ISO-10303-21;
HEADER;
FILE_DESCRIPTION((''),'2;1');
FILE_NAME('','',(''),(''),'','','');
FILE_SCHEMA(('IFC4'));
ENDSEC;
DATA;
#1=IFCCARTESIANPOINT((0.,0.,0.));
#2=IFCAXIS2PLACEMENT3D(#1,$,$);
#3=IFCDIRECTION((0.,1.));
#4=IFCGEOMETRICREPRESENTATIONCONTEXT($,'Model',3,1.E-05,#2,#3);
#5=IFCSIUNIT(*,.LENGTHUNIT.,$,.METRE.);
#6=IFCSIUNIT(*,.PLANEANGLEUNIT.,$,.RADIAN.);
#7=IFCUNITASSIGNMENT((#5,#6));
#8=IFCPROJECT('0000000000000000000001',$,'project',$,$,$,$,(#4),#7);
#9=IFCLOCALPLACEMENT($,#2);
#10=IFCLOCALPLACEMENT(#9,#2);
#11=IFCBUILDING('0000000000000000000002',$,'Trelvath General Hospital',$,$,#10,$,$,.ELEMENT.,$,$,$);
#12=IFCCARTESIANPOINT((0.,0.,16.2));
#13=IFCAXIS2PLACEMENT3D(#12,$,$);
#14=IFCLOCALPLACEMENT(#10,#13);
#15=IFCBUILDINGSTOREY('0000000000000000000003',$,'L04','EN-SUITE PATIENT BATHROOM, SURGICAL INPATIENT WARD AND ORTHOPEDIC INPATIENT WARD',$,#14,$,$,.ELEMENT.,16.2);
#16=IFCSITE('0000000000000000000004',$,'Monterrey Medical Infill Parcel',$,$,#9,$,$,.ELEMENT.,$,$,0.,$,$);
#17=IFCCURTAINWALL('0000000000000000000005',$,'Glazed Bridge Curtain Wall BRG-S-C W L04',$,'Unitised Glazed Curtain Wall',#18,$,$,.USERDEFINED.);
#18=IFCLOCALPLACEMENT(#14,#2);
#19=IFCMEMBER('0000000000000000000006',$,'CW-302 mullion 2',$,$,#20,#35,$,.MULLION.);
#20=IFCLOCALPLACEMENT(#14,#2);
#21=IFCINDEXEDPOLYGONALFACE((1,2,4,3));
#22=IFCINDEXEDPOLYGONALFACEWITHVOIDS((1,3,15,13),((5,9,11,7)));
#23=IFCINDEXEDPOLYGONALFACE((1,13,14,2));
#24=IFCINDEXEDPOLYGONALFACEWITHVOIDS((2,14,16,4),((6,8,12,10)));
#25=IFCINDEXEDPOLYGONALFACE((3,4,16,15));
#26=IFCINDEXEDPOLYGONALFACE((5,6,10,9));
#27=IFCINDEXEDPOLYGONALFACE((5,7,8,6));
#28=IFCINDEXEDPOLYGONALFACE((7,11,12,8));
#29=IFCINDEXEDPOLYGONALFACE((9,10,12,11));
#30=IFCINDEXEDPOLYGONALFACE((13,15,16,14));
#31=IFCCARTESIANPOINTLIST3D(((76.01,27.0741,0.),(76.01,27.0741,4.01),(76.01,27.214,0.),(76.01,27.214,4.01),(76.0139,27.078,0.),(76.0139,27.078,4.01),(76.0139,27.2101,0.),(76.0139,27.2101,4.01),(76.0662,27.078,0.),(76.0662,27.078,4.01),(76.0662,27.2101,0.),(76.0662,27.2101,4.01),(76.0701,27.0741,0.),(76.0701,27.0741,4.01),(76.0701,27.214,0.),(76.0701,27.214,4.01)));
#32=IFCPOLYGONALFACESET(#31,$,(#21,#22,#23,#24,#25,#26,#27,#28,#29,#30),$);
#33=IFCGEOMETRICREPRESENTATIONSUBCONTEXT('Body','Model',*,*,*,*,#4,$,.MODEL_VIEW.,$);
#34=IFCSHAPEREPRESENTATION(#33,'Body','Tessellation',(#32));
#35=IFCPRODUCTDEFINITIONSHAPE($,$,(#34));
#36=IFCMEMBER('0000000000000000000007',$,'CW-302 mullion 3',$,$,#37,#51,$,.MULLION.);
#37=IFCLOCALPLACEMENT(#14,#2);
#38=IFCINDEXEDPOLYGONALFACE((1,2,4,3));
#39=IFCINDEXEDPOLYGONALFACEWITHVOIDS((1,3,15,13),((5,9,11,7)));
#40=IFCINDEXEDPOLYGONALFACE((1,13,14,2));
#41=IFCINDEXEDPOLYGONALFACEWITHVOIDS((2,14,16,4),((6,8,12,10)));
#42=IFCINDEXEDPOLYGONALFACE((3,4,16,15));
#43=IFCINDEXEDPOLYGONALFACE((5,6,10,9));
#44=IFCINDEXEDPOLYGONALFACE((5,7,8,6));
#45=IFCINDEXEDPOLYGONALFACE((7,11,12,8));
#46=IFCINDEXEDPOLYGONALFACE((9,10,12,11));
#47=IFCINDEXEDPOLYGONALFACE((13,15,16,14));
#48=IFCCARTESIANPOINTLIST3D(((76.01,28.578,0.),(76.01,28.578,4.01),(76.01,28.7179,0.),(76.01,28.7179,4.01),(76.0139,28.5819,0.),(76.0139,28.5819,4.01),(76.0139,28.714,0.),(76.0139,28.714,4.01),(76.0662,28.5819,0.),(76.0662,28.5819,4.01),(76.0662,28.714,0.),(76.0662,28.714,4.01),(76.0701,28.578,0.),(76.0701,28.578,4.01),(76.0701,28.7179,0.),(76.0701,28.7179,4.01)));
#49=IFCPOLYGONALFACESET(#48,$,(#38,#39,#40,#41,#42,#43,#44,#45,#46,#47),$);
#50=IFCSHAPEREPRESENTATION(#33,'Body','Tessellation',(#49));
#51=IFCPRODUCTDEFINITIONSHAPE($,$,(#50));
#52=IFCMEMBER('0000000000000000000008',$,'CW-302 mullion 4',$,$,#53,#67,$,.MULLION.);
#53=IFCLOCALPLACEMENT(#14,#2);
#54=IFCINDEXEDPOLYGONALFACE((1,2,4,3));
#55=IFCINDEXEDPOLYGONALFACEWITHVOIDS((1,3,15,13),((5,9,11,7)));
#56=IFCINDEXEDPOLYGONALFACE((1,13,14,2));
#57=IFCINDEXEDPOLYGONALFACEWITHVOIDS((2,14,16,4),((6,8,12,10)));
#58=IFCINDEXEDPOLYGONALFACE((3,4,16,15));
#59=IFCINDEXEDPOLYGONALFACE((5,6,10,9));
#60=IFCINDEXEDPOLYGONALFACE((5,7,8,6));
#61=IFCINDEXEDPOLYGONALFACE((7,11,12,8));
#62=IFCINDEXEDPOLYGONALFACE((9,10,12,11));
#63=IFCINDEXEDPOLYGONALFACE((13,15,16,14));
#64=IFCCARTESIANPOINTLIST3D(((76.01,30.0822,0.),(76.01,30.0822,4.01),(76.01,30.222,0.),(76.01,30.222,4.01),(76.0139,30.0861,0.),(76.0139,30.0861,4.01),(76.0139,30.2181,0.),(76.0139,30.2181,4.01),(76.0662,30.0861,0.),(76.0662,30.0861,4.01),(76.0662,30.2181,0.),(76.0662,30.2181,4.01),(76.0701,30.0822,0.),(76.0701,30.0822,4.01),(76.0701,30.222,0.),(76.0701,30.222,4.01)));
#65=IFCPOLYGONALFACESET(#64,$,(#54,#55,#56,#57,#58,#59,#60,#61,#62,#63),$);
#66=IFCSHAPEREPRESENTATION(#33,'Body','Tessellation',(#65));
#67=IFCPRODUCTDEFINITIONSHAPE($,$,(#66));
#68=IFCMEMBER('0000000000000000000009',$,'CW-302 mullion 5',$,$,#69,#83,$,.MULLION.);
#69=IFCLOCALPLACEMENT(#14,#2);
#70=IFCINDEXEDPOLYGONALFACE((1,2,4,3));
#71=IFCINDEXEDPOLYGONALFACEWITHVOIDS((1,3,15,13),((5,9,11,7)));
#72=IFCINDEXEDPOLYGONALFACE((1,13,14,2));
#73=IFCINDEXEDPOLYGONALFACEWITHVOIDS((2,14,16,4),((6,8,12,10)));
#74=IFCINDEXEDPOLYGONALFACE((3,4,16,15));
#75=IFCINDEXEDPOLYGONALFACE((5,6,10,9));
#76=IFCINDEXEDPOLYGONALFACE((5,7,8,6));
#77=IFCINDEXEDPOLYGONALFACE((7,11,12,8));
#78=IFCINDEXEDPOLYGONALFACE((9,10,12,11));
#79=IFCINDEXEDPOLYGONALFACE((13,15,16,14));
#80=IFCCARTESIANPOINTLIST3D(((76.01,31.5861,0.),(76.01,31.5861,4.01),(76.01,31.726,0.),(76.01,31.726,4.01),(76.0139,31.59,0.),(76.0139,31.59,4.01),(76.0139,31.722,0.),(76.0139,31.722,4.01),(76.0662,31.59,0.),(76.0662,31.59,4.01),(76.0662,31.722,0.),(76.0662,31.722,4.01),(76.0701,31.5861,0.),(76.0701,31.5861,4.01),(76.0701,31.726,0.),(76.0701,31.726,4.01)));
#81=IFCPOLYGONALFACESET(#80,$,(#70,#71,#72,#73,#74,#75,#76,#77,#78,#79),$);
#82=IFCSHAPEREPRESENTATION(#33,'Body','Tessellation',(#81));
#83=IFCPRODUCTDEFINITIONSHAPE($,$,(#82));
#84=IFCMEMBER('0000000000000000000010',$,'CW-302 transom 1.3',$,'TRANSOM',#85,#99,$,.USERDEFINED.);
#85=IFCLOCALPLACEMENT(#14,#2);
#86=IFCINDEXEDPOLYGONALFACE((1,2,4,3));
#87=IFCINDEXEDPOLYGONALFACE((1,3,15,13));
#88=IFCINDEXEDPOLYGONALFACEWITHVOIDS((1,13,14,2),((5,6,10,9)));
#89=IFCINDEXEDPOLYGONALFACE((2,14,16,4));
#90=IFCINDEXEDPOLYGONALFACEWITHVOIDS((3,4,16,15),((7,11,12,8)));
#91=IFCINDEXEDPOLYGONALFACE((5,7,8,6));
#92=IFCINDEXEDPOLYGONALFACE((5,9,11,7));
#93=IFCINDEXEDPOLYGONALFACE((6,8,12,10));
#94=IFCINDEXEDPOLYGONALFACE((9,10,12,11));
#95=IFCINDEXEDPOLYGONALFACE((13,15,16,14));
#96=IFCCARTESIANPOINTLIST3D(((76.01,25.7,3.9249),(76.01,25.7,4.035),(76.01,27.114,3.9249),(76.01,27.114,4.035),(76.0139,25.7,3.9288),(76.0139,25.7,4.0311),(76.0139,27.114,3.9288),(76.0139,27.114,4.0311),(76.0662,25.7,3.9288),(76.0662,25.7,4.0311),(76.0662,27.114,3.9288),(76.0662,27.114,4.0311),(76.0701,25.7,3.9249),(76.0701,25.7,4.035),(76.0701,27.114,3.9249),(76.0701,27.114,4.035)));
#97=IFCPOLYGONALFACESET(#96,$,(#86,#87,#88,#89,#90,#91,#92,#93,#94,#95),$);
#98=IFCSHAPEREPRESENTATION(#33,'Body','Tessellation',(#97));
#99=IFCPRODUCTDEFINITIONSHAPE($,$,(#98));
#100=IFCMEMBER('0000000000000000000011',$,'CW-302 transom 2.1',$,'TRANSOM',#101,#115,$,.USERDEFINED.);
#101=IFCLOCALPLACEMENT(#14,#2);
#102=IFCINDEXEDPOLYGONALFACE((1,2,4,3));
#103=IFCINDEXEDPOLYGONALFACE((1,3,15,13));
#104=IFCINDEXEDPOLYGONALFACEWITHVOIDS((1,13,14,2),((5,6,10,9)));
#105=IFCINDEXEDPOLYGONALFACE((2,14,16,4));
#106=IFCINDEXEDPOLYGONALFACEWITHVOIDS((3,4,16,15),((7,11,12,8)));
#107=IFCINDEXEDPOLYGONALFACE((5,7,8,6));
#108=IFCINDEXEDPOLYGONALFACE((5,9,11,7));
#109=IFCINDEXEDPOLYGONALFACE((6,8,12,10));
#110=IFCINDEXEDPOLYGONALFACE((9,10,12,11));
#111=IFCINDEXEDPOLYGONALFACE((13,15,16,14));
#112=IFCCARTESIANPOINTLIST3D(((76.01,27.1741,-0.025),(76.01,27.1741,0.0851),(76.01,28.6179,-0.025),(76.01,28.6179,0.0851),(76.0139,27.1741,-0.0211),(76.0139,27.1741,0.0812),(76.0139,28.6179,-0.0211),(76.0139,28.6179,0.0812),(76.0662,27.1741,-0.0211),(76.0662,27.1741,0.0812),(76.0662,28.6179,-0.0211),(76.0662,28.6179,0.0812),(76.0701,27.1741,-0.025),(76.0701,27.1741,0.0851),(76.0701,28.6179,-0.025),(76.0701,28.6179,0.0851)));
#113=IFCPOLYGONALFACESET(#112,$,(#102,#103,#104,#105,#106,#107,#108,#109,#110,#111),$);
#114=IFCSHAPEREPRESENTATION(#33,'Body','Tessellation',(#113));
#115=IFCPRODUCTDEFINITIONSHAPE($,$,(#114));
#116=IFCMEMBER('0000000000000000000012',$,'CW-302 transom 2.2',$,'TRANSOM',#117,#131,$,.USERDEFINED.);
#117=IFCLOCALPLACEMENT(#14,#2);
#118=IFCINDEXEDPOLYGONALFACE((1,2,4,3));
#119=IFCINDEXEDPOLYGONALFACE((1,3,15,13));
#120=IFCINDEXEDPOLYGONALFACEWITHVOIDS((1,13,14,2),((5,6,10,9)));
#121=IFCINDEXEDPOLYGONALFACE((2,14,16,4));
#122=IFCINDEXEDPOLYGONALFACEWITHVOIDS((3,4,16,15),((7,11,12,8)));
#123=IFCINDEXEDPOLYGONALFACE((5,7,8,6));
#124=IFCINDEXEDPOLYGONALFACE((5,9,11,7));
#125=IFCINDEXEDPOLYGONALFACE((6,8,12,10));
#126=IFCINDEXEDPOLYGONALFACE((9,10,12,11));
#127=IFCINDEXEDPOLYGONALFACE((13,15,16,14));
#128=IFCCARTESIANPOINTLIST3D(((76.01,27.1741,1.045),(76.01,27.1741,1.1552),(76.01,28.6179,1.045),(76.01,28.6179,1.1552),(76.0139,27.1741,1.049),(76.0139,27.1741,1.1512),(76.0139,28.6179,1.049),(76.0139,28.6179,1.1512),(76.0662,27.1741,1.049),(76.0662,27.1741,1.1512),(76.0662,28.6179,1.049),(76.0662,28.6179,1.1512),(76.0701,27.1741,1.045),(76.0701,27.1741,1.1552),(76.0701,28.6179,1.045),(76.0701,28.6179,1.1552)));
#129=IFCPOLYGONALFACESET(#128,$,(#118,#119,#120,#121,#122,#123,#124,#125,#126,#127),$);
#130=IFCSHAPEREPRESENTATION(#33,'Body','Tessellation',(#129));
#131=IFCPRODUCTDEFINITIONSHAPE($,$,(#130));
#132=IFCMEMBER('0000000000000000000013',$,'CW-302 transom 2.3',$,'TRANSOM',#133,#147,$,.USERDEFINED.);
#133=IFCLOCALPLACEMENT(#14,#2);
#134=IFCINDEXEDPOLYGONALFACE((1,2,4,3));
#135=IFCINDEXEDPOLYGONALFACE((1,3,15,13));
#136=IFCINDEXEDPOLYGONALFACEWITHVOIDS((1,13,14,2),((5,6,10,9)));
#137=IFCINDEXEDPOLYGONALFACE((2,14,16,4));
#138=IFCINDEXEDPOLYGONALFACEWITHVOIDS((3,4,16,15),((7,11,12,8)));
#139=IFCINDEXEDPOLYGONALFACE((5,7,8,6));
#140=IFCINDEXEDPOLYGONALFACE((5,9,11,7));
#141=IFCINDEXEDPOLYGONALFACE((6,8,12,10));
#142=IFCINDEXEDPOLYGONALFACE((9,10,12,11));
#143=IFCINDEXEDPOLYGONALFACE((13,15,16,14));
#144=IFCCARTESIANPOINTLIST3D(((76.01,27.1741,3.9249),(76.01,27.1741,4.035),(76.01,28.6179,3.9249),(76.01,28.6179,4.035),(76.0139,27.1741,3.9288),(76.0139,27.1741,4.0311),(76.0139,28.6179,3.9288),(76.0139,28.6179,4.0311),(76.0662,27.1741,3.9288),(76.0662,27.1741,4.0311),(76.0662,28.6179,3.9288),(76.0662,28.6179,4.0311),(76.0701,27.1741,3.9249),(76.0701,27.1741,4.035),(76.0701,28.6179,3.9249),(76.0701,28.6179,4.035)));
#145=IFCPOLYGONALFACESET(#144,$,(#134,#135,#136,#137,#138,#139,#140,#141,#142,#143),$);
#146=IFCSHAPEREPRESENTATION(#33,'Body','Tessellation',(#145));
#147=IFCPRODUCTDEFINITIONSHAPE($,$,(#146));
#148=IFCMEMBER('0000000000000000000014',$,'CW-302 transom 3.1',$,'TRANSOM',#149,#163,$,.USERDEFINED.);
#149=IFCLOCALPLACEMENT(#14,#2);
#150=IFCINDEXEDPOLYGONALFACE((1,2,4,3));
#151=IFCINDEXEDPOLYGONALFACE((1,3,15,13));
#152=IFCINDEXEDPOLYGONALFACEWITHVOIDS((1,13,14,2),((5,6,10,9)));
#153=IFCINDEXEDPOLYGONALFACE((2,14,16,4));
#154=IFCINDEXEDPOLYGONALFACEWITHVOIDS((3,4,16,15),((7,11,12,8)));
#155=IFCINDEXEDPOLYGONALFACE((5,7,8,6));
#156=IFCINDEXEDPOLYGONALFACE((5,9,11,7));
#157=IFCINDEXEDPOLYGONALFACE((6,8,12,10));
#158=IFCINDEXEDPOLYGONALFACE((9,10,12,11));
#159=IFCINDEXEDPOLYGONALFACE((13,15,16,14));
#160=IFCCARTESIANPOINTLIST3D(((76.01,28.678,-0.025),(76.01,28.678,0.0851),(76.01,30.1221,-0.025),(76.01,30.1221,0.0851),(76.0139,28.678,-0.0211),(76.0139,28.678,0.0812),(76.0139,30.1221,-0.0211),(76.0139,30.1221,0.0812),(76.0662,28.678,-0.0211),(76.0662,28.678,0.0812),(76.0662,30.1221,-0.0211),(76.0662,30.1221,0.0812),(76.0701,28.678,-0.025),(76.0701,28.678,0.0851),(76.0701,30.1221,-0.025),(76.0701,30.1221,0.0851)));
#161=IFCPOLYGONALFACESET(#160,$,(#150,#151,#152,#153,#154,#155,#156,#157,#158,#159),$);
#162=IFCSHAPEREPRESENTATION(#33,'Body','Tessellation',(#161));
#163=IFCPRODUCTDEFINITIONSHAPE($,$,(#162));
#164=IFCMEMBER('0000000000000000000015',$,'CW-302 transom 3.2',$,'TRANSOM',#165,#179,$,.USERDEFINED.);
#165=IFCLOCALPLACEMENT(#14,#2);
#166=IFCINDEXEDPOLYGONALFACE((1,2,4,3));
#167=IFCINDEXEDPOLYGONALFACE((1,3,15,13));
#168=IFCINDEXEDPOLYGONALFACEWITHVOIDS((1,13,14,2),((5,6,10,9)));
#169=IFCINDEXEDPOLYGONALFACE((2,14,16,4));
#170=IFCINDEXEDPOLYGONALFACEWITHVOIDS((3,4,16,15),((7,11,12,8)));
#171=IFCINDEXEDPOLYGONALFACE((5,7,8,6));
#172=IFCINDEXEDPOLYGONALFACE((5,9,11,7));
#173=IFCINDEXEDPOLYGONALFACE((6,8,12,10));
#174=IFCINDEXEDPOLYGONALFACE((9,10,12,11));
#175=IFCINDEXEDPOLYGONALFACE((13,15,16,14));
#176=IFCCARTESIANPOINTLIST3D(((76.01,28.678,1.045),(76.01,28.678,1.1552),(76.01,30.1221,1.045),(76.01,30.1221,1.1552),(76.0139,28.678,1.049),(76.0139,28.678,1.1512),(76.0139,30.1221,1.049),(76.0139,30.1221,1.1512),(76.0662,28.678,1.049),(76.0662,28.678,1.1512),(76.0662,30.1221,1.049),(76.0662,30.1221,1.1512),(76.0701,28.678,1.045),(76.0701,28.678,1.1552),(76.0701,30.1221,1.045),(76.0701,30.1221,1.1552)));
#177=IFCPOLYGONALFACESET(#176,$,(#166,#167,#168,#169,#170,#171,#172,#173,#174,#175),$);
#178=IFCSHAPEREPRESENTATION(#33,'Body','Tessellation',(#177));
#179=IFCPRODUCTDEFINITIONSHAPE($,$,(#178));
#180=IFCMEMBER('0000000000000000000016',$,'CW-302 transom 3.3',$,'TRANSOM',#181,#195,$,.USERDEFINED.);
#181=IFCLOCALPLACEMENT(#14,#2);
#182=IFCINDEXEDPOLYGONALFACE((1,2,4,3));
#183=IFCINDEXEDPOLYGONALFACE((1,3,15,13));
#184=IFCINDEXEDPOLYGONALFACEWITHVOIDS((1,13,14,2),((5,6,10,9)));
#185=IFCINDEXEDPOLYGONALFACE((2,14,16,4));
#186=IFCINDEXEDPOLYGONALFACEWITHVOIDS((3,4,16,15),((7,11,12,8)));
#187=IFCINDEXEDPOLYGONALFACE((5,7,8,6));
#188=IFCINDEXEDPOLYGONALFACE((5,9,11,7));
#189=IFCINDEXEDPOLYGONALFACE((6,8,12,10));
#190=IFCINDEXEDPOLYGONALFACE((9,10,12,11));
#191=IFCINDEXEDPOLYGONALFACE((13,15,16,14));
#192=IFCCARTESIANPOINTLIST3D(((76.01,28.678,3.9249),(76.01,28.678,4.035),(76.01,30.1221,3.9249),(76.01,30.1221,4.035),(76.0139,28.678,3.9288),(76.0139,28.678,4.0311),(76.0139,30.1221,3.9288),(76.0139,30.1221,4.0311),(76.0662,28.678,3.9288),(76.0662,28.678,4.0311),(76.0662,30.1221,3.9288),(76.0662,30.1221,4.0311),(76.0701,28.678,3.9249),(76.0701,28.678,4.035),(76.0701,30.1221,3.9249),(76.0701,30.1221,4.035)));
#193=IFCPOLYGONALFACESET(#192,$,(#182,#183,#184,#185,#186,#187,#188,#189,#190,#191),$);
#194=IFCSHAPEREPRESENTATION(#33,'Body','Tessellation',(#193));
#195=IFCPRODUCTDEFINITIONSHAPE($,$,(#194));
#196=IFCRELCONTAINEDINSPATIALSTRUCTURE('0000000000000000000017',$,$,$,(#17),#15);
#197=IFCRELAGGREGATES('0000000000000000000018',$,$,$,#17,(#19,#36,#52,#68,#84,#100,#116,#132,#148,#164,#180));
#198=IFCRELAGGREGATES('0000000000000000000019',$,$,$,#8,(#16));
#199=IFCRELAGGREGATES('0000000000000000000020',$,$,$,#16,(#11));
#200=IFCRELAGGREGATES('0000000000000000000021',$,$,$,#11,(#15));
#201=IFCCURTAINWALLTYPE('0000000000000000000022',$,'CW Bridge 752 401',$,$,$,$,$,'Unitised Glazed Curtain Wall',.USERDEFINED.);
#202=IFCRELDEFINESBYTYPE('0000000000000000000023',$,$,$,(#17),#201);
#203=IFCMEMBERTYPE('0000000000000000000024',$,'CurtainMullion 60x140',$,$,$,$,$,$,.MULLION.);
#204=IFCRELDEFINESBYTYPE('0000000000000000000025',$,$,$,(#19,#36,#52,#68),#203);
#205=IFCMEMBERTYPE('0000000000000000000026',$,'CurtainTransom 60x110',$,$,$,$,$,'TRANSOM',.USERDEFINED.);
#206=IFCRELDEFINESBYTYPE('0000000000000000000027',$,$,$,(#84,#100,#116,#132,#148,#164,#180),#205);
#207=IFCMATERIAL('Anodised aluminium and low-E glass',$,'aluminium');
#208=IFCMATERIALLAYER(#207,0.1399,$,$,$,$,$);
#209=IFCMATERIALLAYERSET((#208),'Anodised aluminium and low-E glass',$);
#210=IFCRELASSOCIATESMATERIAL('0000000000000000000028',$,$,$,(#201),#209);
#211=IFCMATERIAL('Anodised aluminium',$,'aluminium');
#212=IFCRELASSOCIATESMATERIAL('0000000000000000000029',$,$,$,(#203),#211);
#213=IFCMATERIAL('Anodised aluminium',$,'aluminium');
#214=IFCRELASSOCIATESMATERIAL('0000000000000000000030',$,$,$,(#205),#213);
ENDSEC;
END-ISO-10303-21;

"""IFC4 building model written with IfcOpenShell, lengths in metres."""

from ifc_helpers import new_model, si_unit, direction, frame, origin, origin_2d, place, context, subcontext, project, spatial, hollow_rectangle, extrude, material, layer, layer_set, material_profile, profile_set, type_object, element, aggregate, save


model = new_model("IFC4")

# Units and contexts
model_context = context("Model", 3, precision=1e-05, world=origin(), true_north=direction((0.0, 1.0)))
body_context = subcontext(model_context, "Body", "Model", "MODEL_VIEW")
ifc_project = project(units=[si_unit("LENGTHUNIT", "METRE"), si_unit("PLANEANGLEUNIT", "RADIAN")], contexts=[model_context])

# Site, building, storey
site_placement = place(None, origin())
site = spatial("IfcSite", under=ifc_project, at=site_placement, Name="Monterrey Medical Infill Parcel", CompositionType="ELEMENT", RefElevation=0.0)
building_placement = place(site_placement, origin())
building = spatial("IfcBuilding", under=site, at=building_placement, Name="Trelvath General Hospital", CompositionType="ELEMENT")
storey_placement = place(building_placement, frame((0.0, 0.0, 16.2)))
storey = spatial("IfcBuildingStorey", under=building, at=storey_placement, Name="L04", Description="EN-SUITE PATIENT BATHROOM, SURGICAL INPATIENT WARD AND ORTHOPEDIC INPATIENT WARD", CompositionType="ELEMENT", Elevation=16.2)

# Curtain wall, members
ifc_material_1 = material(Name="Anodised aluminium and low-E glass", Category="aluminium")
ifc_layer_1 = layer(ifc_material_1, 0.1399)
ifc_layer_set_1 = layer_set([ifc_layer_1], Name="Anodised aluminium and low-E glass")
curtain_wall_type = type_object("IfcCurtainWallType", Name="CW Bridge 752 401", ElementType="Unitised Glazed Curtain Wall", PredefinedType="USERDEFINED", material=ifc_layer_set_1)
curtain_wall_placement = place(storey_placement, origin())
curtain_wall = element("IfcCurtainWall", 1, at=curtain_wall_placement, inside=storey, type_object=curtain_wall_type, Name="Glazed Bridge Curtain Wall BRG-S-C W L04", ObjectType="Unitised Glazed Curtain Wall", PredefinedType="USERDEFINED")
ifc_material_2 = material(Name="Anodised aluminium", Category="aluminium")
ifc_material_profile_1 = material_profile(ifc_material_2, hollow_rectangle(XDim=0.0601, YDim=0.1399, WallThickness=0.0039, at=origin_2d()), Name="RHS60x140x4")
ifc_profile_set_1 = profile_set([ifc_material_profile_1], Name="Anodised aluminium")
member_type_1 = type_object("IfcMemberType", Name="CurtainMullion 60x140", PredefinedType="MULLION", material=ifc_profile_set_1)
member_1_placement = place(storey_placement, frame((76.04, 27.144, 0.0), z_axis=(0.0, 0.0, 1.0), x_axis=(-1.0, 0.0, 0.0)))
member_1 = element("IfcMember", 2, at=member_1_placement, type_object=member_type_1, Name="CW-302 mullion 2", PredefinedType="MULLION", context=body_context, shape_type="SweptSolid", body=[
    extrude(hollow_rectangle(XDim=0.0601, YDim=0.1399, WallThickness=0.0039, at=origin_2d()), origin(), (0.0, 0.0, 1.0), 4.01),
])
member_2_placement = place(storey_placement, frame((76.04, 28.6479, 0.0), z_axis=(0.0, 0.0, 1.0), x_axis=(-1.0, 0.0, 0.0)))
member_2 = element("IfcMember", 3, at=member_2_placement, type_object=member_type_1, Name="CW-302 mullion 3", PredefinedType="MULLION", context=body_context, shape_type="SweptSolid", body=[
    extrude(hollow_rectangle(XDim=0.0601, YDim=0.1399, WallThickness=0.0039, at=origin_2d()), origin(), (0.0, 0.0, 1.0), 4.01),
])
member_3_placement = place(storey_placement, frame((76.04, 30.1521, 0.0), z_axis=(0.0, 0.0, 1.0), x_axis=(-1.0, 0.0, 0.0)))
member_3 = element("IfcMember", 4, at=member_3_placement, type_object=member_type_1, Name="CW-302 mullion 4", PredefinedType="MULLION", context=body_context, shape_type="SweptSolid", body=[
    extrude(hollow_rectangle(XDim=0.0601, YDim=0.1399, WallThickness=0.0039, at=origin_2d()), origin(), (0.0, 0.0, 1.0), 4.01),
])
member_4_placement = place(storey_placement, frame((76.04, 31.656, 0.0), z_axis=(0.0, 0.0, 1.0), x_axis=(-1.0, 0.0, 0.0)))
member_4 = element("IfcMember", 5, at=member_4_placement, type_object=member_type_1, Name="CW-302 mullion 5", PredefinedType="MULLION", context=body_context, shape_type="SweptSolid", body=[
    extrude(hollow_rectangle(XDim=0.0601, YDim=0.1399, WallThickness=0.0039, at=origin_2d()), origin(), (0.0, 0.0, 1.0), 4.01),
])
ifc_material_3 = material(Name="Anodised aluminium", Category="aluminium")
ifc_material_profile_2 = material_profile(ifc_material_3, hollow_rectangle(XDim=0.0601, YDim=0.1101, WallThickness=0.0039, at=origin_2d()), Name="RHS60x110x4")
ifc_profile_set_2 = profile_set([ifc_material_profile_2], Name="Anodised aluminium")
member_type_2 = type_object("IfcMemberType", Name="CurtainTransom 60x110", ElementType="TRANSOM", PredefinedType="USERDEFINED", material=ifc_profile_set_2)
member_5_placement = place(storey_placement, frame((76.04, 25.7, 3.98), z_axis=(0.0, 1.0, 0.0), x_axis=(-1.0, 0.0, 0.0)))
member_5 = element("IfcMember", 6, at=member_5_placement, type_object=member_type_2, Name="CW-302 transom 1.3", ObjectType="TRANSOM", PredefinedType="USERDEFINED", context=body_context, shape_type="SweptSolid", body=[
    extrude(hollow_rectangle(XDim=0.0601, YDim=0.1101, WallThickness=0.0039, at=origin_2d()), origin(), (0.0, 0.0, 1.0), 1.4141),
])
member_6_placement = place(storey_placement, frame((76.04, 27.1741, 0.03), z_axis=(0.0, 1.0, 0.0), x_axis=(-1.0, 0.0, 0.0)))
member_6 = element("IfcMember", 7, at=member_6_placement, type_object=member_type_2, Name="CW-302 transom 2.1", ObjectType="TRANSOM", PredefinedType="USERDEFINED", context=body_context, shape_type="SweptSolid", body=[
    extrude(hollow_rectangle(XDim=0.0601, YDim=0.1101, WallThickness=0.0039, at=origin_2d()), origin(), (0.0, 0.0, 1.0), 1.4438),
])
member_7_placement = place(storey_placement, frame((76.04, 27.1741, 1.1001), z_axis=(0.0, 1.0, 0.0), x_axis=(-1.0, 0.0, 0.0)))
member_7 = element("IfcMember", 8, at=member_7_placement, type_object=member_type_2, Name="CW-302 transom 2.2", ObjectType="TRANSOM", PredefinedType="USERDEFINED", context=body_context, shape_type="SweptSolid", body=[
    extrude(hollow_rectangle(XDim=0.0601, YDim=0.1101, WallThickness=0.0039, at=origin_2d()), origin(), (0.0, 0.0, 1.0), 1.4438),
])
member_8_placement = place(storey_placement, frame((76.04, 27.1741, 3.98), z_axis=(0.0, 1.0, 0.0), x_axis=(-1.0, 0.0, 0.0)))
member_8 = element("IfcMember", 9, at=member_8_placement, type_object=member_type_2, Name="CW-302 transom 2.3", ObjectType="TRANSOM", PredefinedType="USERDEFINED", context=body_context, shape_type="SweptSolid", body=[
    extrude(hollow_rectangle(XDim=0.0601, YDim=0.1101, WallThickness=0.0039, at=origin_2d()), origin(), (0.0, 0.0, 1.0), 1.4438),
])
member_9_placement = place(storey_placement, frame((76.04, 28.678, 0.03), z_axis=(0.0, 1.0, 0.0), x_axis=(-1.0, 0.0, 0.0)))
member_9 = element("IfcMember", 10, at=member_9_placement, type_object=member_type_2, Name="CW-302 transom 3.1", ObjectType="TRANSOM", PredefinedType="USERDEFINED", context=body_context, shape_type="SweptSolid", body=[
    extrude(hollow_rectangle(XDim=0.0601, YDim=0.1101, WallThickness=0.0039, at=origin_2d()), origin(), (0.0, 0.0, 1.0), 1.4441),
])
member_10_placement = place(storey_placement, frame((76.04, 28.678, 1.1001), z_axis=(0.0, 1.0, 0.0), x_axis=(-1.0, 0.0, 0.0)))
member_10 = element("IfcMember", 11, at=member_10_placement, type_object=member_type_2, Name="CW-302 transom 3.2", ObjectType="TRANSOM", PredefinedType="USERDEFINED", context=body_context, shape_type="SweptSolid", body=[
    extrude(hollow_rectangle(XDim=0.0601, YDim=0.1101, WallThickness=0.0039, at=origin_2d()), origin(), (0.0, 0.0, 1.0), 1.4441),
])
member_11_placement = place(storey_placement, frame((76.04, 28.678, 3.98), z_axis=(0.0, 1.0, 0.0), x_axis=(-1.0, 0.0, 0.0)))
member_11 = element("IfcMember", 12, at=member_11_placement, type_object=member_type_2, Name="CW-302 transom 3.3", ObjectType="TRANSOM", PredefinedType="USERDEFINED", context=body_context, shape_type="SweptSolid", body=[
    extrude(hollow_rectangle(XDim=0.0601, YDim=0.1101, WallThickness=0.0039, at=origin_2d()), origin(), (0.0, 0.0, 1.0), 1.4441),
])
aggregate(curtain_wall, [member_1, member_2, member_3, member_4, member_5, member_6, member_7, member_8, member_9, member_10, member_11])

save(model, "model.ifc")
